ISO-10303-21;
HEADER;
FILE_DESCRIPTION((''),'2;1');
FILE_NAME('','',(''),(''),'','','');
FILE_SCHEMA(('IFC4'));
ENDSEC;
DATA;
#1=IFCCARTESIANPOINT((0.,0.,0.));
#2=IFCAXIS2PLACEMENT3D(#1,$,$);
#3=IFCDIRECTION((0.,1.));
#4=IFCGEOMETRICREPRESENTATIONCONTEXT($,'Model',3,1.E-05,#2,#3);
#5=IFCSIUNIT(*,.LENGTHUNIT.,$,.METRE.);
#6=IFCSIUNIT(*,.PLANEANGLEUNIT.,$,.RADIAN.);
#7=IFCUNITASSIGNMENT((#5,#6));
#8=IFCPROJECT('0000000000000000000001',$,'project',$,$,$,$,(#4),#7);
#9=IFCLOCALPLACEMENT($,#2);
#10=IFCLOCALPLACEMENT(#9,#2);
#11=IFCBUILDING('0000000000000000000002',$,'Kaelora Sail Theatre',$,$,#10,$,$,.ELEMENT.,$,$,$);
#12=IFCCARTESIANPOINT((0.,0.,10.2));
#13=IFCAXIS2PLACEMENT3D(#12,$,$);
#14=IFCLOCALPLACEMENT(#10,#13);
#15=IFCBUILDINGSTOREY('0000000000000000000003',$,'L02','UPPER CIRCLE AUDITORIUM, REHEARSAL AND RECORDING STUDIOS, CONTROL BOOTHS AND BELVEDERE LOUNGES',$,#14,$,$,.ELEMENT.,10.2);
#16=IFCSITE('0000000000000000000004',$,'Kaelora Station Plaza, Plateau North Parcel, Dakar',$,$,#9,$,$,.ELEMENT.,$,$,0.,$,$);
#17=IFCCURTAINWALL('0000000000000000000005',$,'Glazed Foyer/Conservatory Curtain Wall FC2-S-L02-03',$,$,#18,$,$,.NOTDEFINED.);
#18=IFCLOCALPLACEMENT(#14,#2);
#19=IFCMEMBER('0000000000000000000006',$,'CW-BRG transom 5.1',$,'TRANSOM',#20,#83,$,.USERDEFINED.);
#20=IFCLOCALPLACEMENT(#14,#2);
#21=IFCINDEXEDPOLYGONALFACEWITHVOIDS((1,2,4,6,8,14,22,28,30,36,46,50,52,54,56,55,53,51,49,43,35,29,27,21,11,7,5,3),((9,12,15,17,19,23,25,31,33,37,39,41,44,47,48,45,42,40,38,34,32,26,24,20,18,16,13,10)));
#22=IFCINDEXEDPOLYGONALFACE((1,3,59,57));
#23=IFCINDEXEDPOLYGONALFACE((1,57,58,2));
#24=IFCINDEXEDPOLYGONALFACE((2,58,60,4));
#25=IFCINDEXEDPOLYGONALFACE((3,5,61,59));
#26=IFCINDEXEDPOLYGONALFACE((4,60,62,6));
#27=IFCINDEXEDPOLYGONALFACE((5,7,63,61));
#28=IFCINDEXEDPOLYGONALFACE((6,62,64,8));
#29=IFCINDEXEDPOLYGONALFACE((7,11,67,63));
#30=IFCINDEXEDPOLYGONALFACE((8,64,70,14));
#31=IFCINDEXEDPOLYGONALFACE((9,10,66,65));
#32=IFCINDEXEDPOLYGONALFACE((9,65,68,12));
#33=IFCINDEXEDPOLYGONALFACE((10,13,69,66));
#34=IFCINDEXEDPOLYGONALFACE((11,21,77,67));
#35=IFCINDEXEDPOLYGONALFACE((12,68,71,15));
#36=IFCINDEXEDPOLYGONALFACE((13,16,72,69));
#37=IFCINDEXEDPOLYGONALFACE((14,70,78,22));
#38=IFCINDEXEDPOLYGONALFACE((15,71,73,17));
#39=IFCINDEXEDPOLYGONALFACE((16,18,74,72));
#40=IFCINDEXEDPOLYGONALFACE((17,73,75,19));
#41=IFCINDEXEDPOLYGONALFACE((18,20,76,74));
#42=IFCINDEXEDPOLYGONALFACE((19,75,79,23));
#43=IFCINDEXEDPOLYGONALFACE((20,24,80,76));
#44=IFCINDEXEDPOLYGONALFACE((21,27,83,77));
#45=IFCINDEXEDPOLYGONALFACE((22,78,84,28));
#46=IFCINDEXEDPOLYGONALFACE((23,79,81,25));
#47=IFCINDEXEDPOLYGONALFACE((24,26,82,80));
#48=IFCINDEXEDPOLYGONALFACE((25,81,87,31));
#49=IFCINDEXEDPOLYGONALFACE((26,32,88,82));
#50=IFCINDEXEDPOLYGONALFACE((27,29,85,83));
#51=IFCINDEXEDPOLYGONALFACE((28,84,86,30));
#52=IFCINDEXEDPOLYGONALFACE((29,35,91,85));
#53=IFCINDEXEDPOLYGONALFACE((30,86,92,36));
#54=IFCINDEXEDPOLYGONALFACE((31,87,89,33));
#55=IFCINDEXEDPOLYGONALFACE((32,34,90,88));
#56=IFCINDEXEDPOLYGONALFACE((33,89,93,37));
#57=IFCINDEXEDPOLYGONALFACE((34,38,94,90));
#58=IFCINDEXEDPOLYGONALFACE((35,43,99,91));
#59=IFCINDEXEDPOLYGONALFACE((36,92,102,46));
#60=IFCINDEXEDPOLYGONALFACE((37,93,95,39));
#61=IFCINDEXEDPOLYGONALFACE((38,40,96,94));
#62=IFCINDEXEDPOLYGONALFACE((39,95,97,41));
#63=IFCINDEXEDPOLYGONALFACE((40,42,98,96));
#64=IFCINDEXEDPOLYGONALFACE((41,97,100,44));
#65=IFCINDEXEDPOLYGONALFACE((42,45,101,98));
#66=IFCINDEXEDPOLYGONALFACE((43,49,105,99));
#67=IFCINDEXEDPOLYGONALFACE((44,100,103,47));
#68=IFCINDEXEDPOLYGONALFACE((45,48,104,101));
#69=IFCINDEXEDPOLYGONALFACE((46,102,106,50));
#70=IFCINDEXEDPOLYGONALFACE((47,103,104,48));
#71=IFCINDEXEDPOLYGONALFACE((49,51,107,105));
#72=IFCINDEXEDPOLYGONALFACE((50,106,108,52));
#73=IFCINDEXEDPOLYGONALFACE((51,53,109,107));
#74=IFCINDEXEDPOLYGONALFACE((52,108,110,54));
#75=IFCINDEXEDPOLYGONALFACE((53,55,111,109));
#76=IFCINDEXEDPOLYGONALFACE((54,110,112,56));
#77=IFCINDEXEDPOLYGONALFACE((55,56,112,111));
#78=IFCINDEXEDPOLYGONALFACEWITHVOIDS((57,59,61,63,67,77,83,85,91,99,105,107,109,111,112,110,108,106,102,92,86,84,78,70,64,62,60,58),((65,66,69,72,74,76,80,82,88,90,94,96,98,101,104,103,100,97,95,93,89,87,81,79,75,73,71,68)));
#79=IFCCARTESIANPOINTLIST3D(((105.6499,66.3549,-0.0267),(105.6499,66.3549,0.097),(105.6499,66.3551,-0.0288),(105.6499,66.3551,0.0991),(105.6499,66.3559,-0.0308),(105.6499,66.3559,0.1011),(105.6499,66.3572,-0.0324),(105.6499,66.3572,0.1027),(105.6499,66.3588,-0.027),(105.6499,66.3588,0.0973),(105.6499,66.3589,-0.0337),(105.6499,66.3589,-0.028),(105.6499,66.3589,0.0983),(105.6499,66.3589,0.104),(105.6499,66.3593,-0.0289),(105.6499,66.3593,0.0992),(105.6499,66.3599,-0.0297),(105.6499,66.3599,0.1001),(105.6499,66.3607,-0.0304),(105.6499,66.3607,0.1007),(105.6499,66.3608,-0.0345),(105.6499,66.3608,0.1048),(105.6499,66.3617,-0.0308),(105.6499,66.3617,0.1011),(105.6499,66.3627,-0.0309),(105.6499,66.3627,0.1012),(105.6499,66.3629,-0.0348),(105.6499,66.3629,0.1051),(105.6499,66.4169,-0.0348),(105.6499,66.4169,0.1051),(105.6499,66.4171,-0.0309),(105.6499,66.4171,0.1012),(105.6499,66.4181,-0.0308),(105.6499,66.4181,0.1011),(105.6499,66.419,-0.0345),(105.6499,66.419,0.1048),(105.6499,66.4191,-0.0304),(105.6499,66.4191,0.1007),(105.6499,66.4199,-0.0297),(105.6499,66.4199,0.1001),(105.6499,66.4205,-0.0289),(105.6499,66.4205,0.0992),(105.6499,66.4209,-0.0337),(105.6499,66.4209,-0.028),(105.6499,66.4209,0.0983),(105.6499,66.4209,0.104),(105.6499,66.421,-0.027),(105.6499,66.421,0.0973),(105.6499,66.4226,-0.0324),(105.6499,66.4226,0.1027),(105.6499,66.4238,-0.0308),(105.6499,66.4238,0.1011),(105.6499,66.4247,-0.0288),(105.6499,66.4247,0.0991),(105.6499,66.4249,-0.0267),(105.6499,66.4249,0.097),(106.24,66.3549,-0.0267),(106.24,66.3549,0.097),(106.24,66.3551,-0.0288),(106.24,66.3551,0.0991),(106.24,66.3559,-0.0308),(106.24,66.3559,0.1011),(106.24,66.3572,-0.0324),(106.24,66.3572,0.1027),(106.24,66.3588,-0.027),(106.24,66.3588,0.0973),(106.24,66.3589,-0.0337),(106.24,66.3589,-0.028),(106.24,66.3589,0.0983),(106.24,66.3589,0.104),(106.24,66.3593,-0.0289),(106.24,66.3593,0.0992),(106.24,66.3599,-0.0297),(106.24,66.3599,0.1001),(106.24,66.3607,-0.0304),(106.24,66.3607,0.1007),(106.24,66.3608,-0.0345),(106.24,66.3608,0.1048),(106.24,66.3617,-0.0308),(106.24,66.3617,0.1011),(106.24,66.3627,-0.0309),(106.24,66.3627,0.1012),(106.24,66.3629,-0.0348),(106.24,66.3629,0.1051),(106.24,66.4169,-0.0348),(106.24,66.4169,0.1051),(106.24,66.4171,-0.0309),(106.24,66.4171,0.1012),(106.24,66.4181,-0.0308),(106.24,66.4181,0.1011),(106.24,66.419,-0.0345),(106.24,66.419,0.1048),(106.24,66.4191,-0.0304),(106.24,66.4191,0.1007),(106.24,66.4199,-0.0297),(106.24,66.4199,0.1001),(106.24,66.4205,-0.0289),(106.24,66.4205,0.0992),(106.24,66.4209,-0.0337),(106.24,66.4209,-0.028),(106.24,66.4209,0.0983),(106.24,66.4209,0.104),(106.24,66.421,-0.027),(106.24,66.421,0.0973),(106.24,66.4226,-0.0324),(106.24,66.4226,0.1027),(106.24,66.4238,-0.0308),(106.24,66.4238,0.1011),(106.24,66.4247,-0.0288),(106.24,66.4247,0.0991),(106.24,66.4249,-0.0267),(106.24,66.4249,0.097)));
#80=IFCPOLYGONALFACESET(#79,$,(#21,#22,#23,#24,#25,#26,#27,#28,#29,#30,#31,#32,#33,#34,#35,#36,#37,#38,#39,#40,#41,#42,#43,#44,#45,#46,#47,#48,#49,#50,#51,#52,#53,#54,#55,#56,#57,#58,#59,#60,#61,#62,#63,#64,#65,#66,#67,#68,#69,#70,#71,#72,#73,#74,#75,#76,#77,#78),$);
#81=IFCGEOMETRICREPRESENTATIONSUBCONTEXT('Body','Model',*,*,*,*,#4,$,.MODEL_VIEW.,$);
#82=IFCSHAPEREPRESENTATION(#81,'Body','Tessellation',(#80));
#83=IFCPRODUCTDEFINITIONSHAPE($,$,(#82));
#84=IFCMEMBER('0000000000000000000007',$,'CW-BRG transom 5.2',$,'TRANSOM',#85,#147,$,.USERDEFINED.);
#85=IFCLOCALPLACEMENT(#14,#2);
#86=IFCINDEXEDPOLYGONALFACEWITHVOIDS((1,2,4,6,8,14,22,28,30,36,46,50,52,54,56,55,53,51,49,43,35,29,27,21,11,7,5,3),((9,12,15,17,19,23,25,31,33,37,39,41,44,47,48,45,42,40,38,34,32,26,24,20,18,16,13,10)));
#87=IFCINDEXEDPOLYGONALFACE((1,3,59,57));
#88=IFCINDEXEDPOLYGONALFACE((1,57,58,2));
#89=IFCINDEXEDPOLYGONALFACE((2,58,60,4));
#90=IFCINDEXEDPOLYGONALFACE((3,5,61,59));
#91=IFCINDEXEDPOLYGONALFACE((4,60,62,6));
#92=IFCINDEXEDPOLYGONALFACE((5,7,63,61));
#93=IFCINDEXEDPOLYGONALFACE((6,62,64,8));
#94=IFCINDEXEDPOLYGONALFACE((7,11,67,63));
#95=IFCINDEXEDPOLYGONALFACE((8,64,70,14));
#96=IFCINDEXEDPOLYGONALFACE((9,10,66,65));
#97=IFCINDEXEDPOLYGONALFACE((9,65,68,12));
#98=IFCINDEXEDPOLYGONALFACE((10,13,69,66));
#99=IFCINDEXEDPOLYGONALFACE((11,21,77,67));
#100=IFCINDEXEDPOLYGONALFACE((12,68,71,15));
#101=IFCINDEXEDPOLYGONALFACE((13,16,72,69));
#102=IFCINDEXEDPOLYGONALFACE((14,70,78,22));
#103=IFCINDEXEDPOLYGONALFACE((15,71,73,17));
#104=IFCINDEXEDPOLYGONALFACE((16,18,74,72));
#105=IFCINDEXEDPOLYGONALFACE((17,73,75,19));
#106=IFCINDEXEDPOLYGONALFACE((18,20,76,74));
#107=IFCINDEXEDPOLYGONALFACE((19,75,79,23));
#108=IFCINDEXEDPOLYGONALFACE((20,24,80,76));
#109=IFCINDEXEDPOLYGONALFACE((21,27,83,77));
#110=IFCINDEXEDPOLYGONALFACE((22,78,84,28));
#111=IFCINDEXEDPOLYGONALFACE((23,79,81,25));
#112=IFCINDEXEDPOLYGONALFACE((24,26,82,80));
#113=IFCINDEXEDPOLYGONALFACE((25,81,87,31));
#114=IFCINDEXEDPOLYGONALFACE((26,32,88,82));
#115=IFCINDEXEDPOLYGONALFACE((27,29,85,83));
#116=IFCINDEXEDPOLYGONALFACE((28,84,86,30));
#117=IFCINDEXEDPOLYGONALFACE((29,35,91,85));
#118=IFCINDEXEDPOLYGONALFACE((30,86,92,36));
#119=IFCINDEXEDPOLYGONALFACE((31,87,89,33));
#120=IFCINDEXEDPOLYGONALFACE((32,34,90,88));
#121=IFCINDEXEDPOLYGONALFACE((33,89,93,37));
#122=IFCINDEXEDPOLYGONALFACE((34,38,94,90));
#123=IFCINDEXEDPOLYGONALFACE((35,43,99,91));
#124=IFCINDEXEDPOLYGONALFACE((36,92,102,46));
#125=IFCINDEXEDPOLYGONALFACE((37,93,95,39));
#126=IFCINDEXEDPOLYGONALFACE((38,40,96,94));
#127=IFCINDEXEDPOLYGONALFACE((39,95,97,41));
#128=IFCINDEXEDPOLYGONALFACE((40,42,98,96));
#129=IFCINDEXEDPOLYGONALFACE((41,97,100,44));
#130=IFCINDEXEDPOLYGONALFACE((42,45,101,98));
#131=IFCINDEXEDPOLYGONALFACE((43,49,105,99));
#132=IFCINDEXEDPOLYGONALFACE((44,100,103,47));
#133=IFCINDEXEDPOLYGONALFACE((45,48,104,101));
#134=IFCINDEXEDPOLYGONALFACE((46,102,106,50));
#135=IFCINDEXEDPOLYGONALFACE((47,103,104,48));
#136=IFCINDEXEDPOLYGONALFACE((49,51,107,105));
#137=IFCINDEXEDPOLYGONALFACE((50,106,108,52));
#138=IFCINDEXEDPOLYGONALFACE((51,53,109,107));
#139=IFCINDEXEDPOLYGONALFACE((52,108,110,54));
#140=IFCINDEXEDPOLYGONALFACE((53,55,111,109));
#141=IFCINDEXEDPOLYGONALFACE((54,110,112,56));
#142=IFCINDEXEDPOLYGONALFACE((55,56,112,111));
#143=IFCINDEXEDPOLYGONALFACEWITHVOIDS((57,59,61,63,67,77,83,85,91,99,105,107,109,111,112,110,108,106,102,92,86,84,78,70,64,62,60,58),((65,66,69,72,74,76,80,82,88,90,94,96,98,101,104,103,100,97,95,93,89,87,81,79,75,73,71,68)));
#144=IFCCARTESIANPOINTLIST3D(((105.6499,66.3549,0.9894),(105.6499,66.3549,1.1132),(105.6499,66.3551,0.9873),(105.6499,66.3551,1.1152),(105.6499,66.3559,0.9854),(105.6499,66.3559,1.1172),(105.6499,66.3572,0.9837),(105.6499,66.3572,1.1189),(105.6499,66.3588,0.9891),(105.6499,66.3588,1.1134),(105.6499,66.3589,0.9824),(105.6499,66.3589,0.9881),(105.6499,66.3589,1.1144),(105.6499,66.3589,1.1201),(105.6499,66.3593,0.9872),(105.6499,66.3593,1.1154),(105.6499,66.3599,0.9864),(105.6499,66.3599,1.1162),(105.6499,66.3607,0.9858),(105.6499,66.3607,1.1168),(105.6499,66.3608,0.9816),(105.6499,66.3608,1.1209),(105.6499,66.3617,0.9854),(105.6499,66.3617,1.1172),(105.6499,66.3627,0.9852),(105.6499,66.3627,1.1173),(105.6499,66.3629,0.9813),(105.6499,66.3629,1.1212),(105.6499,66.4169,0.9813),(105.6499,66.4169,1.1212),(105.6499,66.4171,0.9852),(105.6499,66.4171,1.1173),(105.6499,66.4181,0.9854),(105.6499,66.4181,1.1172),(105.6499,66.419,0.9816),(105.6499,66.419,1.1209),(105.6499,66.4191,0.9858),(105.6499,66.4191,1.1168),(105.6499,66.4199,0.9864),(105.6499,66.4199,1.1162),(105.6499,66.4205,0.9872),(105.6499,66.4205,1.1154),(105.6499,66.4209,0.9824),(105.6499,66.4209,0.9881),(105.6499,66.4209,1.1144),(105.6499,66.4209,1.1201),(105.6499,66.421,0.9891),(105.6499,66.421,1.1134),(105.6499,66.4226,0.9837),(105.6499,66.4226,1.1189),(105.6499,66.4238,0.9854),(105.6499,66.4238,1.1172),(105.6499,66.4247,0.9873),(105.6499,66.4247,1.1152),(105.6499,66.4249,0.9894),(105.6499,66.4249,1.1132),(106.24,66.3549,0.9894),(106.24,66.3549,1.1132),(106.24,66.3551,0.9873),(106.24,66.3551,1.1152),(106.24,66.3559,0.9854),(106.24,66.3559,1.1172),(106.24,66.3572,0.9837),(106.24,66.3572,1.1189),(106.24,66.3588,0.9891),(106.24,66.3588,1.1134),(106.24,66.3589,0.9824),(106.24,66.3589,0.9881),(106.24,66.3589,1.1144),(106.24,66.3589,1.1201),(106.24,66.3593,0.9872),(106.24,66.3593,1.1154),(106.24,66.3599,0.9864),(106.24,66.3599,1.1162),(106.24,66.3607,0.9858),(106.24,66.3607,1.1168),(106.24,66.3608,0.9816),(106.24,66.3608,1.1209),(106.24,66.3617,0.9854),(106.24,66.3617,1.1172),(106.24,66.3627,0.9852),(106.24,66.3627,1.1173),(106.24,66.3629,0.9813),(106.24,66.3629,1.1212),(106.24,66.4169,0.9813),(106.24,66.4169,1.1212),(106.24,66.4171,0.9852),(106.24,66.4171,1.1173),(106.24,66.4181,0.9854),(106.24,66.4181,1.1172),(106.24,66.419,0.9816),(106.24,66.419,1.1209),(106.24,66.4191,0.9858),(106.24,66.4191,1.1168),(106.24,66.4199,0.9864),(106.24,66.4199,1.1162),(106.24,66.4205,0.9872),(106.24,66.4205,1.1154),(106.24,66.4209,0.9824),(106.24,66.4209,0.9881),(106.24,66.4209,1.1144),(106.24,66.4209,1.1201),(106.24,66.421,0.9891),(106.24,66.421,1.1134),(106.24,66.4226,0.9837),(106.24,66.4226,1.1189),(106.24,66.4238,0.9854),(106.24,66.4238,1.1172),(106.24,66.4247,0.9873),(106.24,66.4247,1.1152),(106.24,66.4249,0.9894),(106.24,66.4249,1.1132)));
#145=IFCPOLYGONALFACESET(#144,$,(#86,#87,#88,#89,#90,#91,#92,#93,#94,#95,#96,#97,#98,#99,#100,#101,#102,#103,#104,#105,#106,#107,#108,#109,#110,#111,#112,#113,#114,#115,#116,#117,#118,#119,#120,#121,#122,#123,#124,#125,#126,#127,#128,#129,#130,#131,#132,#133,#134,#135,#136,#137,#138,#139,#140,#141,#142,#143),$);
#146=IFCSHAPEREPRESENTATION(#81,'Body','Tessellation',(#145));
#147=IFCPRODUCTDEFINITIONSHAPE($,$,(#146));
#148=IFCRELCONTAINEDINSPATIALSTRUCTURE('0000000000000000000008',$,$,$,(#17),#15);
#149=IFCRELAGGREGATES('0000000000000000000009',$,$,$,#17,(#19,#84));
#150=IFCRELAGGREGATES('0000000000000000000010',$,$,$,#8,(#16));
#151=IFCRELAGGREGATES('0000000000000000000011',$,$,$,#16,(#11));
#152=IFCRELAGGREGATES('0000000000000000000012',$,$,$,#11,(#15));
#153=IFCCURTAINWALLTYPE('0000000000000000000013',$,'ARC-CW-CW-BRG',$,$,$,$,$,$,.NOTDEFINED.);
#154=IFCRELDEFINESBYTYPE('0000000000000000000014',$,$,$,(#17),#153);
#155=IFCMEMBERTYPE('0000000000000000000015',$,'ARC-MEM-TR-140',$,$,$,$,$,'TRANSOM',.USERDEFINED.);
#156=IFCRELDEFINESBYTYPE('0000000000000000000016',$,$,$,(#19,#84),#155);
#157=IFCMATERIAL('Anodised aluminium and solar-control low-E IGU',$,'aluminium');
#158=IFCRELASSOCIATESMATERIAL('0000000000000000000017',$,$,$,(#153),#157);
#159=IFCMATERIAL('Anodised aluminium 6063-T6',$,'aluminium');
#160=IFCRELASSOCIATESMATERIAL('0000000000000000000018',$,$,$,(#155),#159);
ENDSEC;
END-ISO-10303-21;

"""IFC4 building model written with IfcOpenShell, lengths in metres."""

from ifc_helpers import new_model, si_unit, direction, frame, origin, origin_2d, place, context, subcontext, project, spatial, hollow_rectangle, extrude, material, material_profile, profile_set, type_object, element, aggregate, save


model = new_model("IFC4")

# Units and contexts
model_context = context("Model", 3, precision=1e-05, world=origin(), true_north=direction((0.0, 1.0)))
body_context = subcontext(model_context, "Body", "Model", "MODEL_VIEW")
ifc_project = project(units=[si_unit("LENGTHUNIT", "METRE"), si_unit("PLANEANGLEUNIT", "RADIAN")], contexts=[model_context])

# Site, building, storey
site_placement = place(None, origin())
site = spatial("IfcSite", under=ifc_project, at=site_placement, Name="Kaelora Station Plaza, Plateau North Parcel, Dakar", CompositionType="ELEMENT", RefElevation=0.0)
building_placement = place(site_placement, origin())
building = spatial("IfcBuilding", under=site, at=building_placement, Name="Kaelora Sail Theatre", CompositionType="ELEMENT")
storey_placement = place(building_placement, frame((0.0, 0.0, 10.2)))
storey = spatial("IfcBuildingStorey", under=building, at=storey_placement, Name="L02", Description="UPPER CIRCLE AUDITORIUM, REHEARSAL AND RECORDING STUDIOS, CONTROL BOOTHS AND BELVEDERE LOUNGES", CompositionType="ELEMENT", Elevation=10.2)

# Curtain wall, members
ifc_material_1 = material(Name="Anodised aluminium and solar-control low-E IGU", Category="aluminium")
curtain_wall_type = type_object("IfcCurtainWallType", Name="ARC-CW-CW-BRG", PredefinedType="NOTDEFINED", material=ifc_material_1)
curtain_wall_placement = place(storey_placement, origin())
curtain_wall = element("IfcCurtainWall", 1, at=curtain_wall_placement, inside=storey, type_object=curtain_wall_type, Name="Glazed Foyer/Conservatory Curtain Wall FC2-S-L02-03", PredefinedType="NOTDEFINED")
ifc_material_2 = material(Name="Anodised aluminium 6063-T6", Category="aluminium")
ifc_material_profile_1 = material_profile(ifc_material_2, hollow_rectangle(XDim=0.0701, YDim=0.1399, WallThickness=0.0039, InnerFilletRadius=0.0039, OuterFilletRadius=0.0081, at=origin_2d()), Name="ALU-TRAN 70x140x4")
ifc_profile_set_1 = profile_set([ifc_material_profile_1], Name="Anodised aluminium 6063-T6")
member_type_1 = type_object("IfcMemberType", Name="ARC-MEM-TR-140", ElementType="TRANSOM", PredefinedType="USERDEFINED", material=ifc_profile_set_1)
member_1_placement = place(storey_placement, frame((105.6499, 66.3899, 0.0352), z_axis=(1.0, 0.0, 0.0), x_axis=(0.0, 1.0, 0.0)))
member_1 = element("IfcMember", 2, at=member_1_placement, type_object=member_type_1, Name="CW-BRG transom 5.1", ObjectType="TRANSOM", PredefinedType="USERDEFINED", context=body_context, shape_type="SweptSolid", body=[
    extrude(hollow_rectangle(XDim=0.0701, YDim=0.1399, WallThickness=0.0039, InnerFilletRadius=0.0039, OuterFilletRadius=0.0081, at=origin_2d()), origin(), (0.0, 0.0, 1.0), 0.5901),
])
member_2_placement = place(storey_placement, frame((105.6499, 66.3899, 1.0513), z_axis=(1.0, 0.0, 0.0), x_axis=(0.0, 1.0, 0.0)))
member_2 = element("IfcMember", 3, at=member_2_placement, type_object=member_type_1, Name="CW-BRG transom 5.2", ObjectType="TRANSOM", PredefinedType="USERDEFINED", context=body_context, shape_type="SweptSolid", body=[
    extrude(hollow_rectangle(XDim=0.0701, YDim=0.1399, WallThickness=0.0039, InnerFilletRadius=0.0039, OuterFilletRadius=0.0081, at=origin_2d()), origin(), (0.0, 0.0, 1.0), 0.5901),
])
aggregate(curtain_wall, [member_1, member_2])

save(model, "model.ifc")
